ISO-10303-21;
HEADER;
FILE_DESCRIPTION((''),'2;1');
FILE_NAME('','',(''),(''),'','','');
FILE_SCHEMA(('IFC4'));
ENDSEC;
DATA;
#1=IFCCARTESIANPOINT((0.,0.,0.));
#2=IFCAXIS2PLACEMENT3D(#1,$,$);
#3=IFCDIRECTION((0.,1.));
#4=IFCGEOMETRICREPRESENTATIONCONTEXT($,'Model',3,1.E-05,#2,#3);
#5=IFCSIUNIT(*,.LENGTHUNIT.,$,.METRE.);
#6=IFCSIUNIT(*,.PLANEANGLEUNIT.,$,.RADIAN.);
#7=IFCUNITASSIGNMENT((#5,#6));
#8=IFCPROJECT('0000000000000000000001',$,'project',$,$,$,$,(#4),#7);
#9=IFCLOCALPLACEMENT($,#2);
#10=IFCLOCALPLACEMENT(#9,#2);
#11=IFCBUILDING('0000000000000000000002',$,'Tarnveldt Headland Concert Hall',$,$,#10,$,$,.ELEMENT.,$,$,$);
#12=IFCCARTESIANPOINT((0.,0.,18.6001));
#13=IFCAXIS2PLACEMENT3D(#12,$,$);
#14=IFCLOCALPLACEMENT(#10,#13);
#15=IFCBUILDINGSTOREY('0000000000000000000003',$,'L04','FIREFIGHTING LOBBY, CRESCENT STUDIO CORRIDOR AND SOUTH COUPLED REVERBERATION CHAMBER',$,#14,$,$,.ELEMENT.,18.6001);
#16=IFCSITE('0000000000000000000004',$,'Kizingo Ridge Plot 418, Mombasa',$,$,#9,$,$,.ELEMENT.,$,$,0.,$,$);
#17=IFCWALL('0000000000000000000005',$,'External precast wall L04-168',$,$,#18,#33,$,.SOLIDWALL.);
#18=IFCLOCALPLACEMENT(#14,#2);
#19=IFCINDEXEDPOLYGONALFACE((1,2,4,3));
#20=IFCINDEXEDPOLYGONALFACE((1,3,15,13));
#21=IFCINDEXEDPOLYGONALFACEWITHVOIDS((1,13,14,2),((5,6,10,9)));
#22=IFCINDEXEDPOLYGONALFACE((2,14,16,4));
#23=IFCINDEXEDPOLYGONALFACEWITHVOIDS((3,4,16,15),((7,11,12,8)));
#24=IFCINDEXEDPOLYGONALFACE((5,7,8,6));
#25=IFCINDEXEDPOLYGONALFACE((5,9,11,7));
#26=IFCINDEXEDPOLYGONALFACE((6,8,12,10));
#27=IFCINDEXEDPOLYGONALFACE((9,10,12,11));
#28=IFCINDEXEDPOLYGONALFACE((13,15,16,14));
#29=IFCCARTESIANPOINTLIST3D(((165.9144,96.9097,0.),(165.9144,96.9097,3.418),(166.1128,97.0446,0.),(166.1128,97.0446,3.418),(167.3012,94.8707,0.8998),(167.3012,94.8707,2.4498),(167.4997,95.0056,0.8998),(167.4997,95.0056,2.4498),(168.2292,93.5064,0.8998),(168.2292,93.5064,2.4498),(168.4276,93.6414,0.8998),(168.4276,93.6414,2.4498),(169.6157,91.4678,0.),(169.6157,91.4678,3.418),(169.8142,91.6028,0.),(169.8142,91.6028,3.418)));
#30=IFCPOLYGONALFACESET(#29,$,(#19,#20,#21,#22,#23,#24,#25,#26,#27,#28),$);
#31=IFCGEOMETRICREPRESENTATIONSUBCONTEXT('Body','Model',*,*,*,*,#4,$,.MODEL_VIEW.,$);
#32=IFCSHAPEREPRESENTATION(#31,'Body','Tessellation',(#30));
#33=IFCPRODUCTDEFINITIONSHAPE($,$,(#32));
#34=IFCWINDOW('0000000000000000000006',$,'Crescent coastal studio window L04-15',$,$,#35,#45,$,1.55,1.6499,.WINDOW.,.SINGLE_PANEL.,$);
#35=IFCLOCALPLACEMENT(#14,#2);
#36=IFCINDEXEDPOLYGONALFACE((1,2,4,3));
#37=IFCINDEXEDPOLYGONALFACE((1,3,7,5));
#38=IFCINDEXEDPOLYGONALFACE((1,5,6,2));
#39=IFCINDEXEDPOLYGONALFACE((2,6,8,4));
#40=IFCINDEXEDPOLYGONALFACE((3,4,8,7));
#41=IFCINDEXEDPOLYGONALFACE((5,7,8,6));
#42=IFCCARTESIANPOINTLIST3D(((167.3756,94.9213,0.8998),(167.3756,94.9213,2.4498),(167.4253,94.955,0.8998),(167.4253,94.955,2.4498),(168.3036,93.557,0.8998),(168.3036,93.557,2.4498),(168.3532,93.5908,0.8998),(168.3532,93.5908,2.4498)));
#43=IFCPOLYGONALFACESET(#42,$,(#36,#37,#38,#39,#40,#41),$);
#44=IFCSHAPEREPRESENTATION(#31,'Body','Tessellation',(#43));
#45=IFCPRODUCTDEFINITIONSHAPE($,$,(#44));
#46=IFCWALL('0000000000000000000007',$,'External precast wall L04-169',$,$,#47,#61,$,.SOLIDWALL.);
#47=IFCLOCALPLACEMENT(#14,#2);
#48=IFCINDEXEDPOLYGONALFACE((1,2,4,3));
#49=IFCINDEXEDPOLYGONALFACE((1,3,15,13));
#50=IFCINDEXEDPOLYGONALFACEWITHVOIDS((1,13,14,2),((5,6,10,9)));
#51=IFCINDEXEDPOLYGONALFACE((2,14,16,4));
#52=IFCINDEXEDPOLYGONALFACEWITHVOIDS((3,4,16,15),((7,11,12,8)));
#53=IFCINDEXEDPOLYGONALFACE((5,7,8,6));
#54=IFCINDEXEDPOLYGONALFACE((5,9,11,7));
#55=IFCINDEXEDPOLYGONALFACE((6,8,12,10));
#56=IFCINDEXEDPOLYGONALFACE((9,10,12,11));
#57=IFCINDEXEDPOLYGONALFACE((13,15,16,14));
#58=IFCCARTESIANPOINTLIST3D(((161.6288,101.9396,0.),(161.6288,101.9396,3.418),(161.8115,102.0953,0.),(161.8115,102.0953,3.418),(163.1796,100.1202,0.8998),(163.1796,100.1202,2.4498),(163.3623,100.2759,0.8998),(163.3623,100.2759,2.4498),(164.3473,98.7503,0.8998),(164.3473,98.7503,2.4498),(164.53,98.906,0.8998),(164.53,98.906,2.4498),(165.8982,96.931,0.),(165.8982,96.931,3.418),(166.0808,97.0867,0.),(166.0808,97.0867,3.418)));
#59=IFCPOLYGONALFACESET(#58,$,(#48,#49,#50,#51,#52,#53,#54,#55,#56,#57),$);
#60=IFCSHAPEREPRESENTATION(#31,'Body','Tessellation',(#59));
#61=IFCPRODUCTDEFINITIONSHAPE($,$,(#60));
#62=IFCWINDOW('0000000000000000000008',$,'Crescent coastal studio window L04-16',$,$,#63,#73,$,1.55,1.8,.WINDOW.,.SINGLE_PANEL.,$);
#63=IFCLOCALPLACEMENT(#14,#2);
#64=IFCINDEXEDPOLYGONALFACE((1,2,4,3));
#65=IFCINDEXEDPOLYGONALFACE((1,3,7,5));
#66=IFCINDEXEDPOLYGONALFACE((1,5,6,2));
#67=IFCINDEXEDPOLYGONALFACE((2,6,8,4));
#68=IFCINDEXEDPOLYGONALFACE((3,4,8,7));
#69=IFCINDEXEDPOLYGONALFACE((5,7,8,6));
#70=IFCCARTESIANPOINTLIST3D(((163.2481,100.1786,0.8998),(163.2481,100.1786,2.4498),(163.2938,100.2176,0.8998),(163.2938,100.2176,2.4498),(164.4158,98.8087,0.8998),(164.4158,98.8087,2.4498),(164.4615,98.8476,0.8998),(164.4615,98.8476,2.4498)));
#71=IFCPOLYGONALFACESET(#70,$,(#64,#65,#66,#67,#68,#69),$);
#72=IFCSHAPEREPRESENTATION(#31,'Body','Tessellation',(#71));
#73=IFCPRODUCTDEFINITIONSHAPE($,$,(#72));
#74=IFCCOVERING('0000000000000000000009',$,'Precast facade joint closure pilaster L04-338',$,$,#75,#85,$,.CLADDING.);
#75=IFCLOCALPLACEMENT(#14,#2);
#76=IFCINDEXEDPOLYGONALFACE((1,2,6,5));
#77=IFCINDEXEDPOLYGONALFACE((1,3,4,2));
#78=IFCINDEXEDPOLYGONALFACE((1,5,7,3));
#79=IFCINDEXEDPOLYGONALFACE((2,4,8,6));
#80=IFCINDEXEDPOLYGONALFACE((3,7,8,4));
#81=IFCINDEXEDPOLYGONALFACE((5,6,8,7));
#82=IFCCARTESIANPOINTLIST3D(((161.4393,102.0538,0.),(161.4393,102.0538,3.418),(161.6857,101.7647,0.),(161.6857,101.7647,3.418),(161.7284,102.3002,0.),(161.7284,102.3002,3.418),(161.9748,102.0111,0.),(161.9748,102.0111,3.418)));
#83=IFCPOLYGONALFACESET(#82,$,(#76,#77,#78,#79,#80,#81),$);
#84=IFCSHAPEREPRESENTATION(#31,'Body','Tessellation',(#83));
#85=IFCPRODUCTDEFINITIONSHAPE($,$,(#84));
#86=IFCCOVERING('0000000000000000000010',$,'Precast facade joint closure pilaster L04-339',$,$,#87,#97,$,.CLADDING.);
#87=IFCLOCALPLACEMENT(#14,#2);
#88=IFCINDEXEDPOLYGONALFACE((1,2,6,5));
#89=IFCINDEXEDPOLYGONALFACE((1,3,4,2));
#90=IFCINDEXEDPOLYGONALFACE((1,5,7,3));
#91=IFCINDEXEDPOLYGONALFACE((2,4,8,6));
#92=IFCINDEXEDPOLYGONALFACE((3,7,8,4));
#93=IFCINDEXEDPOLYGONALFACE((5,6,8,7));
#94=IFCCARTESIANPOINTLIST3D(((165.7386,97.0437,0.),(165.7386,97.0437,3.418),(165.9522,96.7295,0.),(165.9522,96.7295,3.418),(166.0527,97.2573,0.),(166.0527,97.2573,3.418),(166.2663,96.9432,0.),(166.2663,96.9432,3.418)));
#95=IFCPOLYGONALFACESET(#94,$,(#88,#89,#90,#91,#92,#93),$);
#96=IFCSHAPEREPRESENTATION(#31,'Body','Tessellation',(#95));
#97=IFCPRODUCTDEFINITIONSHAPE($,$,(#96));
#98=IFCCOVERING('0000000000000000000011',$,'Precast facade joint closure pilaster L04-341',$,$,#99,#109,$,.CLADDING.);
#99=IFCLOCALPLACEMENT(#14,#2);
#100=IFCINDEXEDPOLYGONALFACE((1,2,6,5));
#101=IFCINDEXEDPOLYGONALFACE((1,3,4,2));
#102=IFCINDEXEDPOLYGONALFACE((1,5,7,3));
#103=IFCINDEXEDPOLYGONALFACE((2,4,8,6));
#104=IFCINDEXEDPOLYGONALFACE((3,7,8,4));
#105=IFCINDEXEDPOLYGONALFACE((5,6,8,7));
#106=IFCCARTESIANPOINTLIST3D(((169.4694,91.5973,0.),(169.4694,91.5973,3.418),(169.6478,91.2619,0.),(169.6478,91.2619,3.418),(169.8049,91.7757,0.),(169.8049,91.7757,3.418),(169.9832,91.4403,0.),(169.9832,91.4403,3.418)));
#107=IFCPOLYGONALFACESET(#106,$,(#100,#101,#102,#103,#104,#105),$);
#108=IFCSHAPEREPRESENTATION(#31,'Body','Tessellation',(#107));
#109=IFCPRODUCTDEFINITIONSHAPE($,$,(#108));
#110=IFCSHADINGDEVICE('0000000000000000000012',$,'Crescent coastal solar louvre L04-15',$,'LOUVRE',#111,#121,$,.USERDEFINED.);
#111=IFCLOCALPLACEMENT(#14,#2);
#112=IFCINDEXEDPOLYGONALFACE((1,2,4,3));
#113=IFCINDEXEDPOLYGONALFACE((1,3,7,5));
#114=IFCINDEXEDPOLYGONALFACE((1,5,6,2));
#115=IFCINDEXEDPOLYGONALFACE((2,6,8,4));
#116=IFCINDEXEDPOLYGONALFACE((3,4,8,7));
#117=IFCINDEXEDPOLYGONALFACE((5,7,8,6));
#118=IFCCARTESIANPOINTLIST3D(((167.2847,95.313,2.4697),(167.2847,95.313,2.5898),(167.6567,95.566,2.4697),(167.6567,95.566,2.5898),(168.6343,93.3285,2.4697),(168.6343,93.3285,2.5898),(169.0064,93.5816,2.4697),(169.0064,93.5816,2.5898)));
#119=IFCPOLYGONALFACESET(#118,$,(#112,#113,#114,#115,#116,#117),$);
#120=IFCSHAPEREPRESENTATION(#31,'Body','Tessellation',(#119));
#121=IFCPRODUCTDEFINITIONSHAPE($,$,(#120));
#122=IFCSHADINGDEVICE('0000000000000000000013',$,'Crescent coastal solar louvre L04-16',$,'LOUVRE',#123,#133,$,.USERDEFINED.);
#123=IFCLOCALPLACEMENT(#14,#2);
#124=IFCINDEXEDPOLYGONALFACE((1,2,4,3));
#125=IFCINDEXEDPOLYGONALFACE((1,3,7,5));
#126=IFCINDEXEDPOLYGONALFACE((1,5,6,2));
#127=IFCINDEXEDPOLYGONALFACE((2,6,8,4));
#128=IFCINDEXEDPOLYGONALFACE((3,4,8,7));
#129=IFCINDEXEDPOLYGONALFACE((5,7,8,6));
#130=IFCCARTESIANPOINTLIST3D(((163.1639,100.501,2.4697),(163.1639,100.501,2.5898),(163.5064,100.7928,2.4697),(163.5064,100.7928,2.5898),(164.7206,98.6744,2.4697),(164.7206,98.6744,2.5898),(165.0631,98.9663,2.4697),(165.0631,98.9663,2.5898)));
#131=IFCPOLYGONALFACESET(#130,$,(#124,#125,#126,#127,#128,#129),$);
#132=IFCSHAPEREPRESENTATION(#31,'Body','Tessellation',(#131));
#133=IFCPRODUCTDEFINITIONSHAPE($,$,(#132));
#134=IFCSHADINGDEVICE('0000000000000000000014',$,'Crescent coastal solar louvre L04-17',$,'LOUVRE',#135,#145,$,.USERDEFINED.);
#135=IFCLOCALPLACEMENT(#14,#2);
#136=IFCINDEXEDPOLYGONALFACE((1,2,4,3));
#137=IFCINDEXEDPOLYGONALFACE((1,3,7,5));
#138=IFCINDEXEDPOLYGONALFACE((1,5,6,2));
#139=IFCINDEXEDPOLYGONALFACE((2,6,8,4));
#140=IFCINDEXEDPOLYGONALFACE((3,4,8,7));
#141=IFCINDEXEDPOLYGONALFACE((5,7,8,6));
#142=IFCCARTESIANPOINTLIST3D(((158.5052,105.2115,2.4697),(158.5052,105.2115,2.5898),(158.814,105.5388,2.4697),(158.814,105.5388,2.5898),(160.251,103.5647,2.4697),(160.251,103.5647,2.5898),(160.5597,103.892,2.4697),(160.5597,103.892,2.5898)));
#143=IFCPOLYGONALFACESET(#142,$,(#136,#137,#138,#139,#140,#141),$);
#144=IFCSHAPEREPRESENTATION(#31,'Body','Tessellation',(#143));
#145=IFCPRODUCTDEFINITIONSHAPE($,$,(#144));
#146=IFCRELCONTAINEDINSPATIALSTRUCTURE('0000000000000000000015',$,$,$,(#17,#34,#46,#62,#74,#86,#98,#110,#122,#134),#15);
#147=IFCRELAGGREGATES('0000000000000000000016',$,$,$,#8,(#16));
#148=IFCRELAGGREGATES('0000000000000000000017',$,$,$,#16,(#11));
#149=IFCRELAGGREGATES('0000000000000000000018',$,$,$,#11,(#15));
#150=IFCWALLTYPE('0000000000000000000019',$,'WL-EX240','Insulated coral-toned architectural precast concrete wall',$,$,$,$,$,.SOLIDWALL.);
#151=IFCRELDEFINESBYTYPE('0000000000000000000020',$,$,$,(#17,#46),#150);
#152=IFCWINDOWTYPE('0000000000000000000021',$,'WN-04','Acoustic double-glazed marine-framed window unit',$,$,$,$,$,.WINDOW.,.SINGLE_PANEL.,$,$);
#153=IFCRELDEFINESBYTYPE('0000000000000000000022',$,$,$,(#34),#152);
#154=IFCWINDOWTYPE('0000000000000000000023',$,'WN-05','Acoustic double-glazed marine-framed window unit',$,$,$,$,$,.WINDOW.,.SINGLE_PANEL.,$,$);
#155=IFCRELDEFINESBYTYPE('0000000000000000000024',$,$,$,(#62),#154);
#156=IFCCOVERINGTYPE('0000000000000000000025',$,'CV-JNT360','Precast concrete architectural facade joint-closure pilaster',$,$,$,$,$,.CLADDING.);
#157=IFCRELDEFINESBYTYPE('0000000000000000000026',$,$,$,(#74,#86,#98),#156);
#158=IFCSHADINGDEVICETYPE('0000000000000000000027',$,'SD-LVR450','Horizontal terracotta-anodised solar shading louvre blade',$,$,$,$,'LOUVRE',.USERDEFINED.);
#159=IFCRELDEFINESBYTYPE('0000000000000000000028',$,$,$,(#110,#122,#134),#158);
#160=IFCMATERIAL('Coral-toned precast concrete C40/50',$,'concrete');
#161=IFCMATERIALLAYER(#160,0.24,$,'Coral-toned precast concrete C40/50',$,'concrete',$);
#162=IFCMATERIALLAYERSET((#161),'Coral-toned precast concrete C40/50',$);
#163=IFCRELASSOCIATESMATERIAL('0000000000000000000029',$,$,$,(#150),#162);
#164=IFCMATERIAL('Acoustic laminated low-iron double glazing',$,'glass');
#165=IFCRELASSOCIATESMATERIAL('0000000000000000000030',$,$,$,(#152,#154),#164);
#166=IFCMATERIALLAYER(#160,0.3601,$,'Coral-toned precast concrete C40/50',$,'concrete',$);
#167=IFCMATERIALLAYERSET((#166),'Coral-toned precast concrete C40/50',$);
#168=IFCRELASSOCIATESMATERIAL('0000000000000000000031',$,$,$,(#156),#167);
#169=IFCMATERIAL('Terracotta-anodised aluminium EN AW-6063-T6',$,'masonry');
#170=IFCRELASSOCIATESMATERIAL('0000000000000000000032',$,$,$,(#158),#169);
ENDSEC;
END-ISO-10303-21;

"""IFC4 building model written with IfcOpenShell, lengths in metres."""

from ifc_helpers import new_model, si_unit, direction, frame, frame_2d, origin, origin_2d, place, context, subcontext, project, spatial, rectangle, extrude, material, layer, layer_set, type_object, element, fill, save


model = new_model("IFC4")

# Units and contexts
model_context = context("Model", 3, precision=1e-05, world=origin(), true_north=direction((0.0, 1.0)))
body_context = subcontext(model_context, "Body", "Model", "MODEL_VIEW")
ifc_project = project(units=[si_unit("LENGTHUNIT", "METRE"), si_unit("PLANEANGLEUNIT", "RADIAN")], contexts=[model_context])

# Site, building, storey
site_placement = place(None, origin())
site = spatial("IfcSite", under=ifc_project, at=site_placement, Name="Kizingo Ridge Plot 418, Mombasa", CompositionType="ELEMENT", RefElevation=0.0)
building_placement = place(site_placement, origin())
building = spatial("IfcBuilding", under=site, at=building_placement, Name="Tarnveldt Headland Concert Hall", CompositionType="ELEMENT")
storey_placement = place(building_placement, frame((0.0, 0.0, 18.6001)))
storey = spatial("IfcBuildingStorey", under=building, at=storey_placement, Name="L04", Description="FIREFIGHTING LOBBY, CRESCENT STUDIO CORRIDOR AND SOUTH COUPLED REVERBERATION CHAMBER", CompositionType="ELEMENT", Elevation=18.6001)

# Walls, openings, windows
ifc_material_1 = material(Name="Coral-toned precast concrete C40/50", Category="concrete")
ifc_layer_1 = layer(ifc_material_1, 0.24, Name="Coral-toned precast concrete C40/50", Category="concrete")
ifc_layer_set_1 = layer_set([ifc_layer_1], Name="Coral-toned precast concrete C40/50")
wall_type_1 = type_object("IfcWallType", Name="WL-EX240", Description="Insulated coral-toned architectural precast concrete wall", PredefinedType="SOLIDWALL", material=ifc_layer_set_1)
ifc_material_2 = material(Name="Acoustic laminated low-iron double glazing", Category="glass")
wall_1_placement = place(storey_placement, frame((166.0137, 96.9771, 0.0), z_axis=(0.0, 0.0, 1.0), x_axis=(0.562406, -0.826861, 0.0)))
wall_1 = element("IfcWall", 1, at=wall_1_placement, inside=storey, type_object=wall_type_1, Name="External precast wall L04-168", PredefinedType="SOLIDWALL", context=body_context, shape_type="SweptSolid", body=[
    extrude(rectangle(XDim=6.5813, YDim=0.24, at=frame_2d((3.2905, 0.0))), origin(), (0.0, 0.0, 1.0), 3.418),
])
opening_1_placement = place(wall_1_placement, frame((2.4658, 0.0, 0.8999)))
opening_1 = element("IfcOpeningElement", 2, at=opening_1_placement, cuts=wall_1, PredefinedType="OPENING", context=body_context, shape_type="SweptSolid", body=[
    extrude(rectangle(XDim=1.6499, YDim=1.55, at=frame_2d((0.825, 0.7749))), frame((0.0, 0.1299, 0.0), z_axis=(0.0, -1.0, 0.0), x_axis=(1.0, 0.0, 0.0)), (0.0, 0.0, 1.0), 0.26),
])
window_type_1 = type_object("IfcWindowType", Name="WN-04", Description="Acoustic double-glazed marine-framed window unit", PartitioningType="SINGLE_PANEL", PredefinedType="WINDOW", material=ifc_material_2)
window_1_placement = place(opening_1_placement, origin())
window_1 = element("IfcWindow", 3, at=window_1_placement, inside=storey, type_object=window_type_1, Name="Crescent coastal studio window L04-15", OverallHeight=1.55, OverallWidth=1.6499, PartitioningType="SINGLE_PANEL", PredefinedType="WINDOW", context=body_context, shape_type="SweptSolid", body=[
    extrude(rectangle(XDim=1.6499, YDim=1.55, at=frame_2d((0.825, 0.7749))), frame((0.0, 0.03, 0.0), z_axis=(0.0, -1.0, 0.0), x_axis=(1.0, 0.0, 0.0)), (0.0, 0.0, 1.0), 0.0601),
])
fill(opening_1, window_1)
wall_2_placement = place(storey_placement, frame((161.7202, 102.0173, 0.0), z_axis=(0.0, 0.0, 1.0), x_axis=(0.648708, -0.761037, 0.0)))
wall_2 = element("IfcWall", 4, at=wall_2_placement, inside=storey, type_object=wall_type_1, Name="External precast wall L04-169", PredefinedType="SOLIDWALL", context=body_context, shape_type="SweptSolid", body=[
    extrude(rectangle(XDim=6.5813, YDim=0.24, at=frame_2d((3.2905, 0.0))), origin(), (0.0, 0.0, 1.0), 3.418),
])
opening_2_placement = place(wall_2_placement, frame((2.3906, 0.0, 0.8999)))
opening_2 = element("IfcOpeningElement", 5, at=opening_2_placement, cuts=wall_2, PredefinedType="OPENING", context=body_context, shape_type="SweptSolid", body=[
    extrude(rectangle(XDim=1.8, YDim=1.55, at=frame_2d((0.8999, 0.7749))), frame((0.0, 0.1299, 0.0), z_axis=(0.0, -1.0, 0.0), x_axis=(1.0, 0.0, 0.0)), (0.0, 0.0, 1.0), 0.26),
])
window_type_2 = type_object("IfcWindowType", Name="WN-05", Description="Acoustic double-glazed marine-framed window unit", PartitioningType="SINGLE_PANEL", PredefinedType="WINDOW", material=ifc_material_2)
window_2_placement = place(opening_2_placement, origin())
window_2 = element("IfcWindow", 6, at=window_2_placement, inside=storey, type_object=window_type_2, Name="Crescent coastal studio window L04-16", OverallHeight=1.55, OverallWidth=1.8, PartitioningType="SINGLE_PANEL", PredefinedType="WINDOW", context=body_context, shape_type="SweptSolid", body=[
    extrude(rectangle(XDim=1.8, YDim=1.55, at=frame_2d((0.8999, 0.7749))), frame((0.0, 0.03, 0.0), z_axis=(0.0, -1.0, 0.0), x_axis=(1.0, 0.0, 0.0)), (0.0, 0.0, 1.0), 0.0601),
])
fill(opening_2, window_2)

# Coverings
ifc_layer_2 = layer(ifc_material_1, 0.3601, Name="Coral-toned precast concrete C40/50", Category="concrete")
ifc_layer_set_2 = layer_set([ifc_layer_2], Name="Coral-toned precast concrete C40/50")
covering_type = type_object("IfcCoveringType", Name="CV-JNT360", Description="Precast concrete architectural facade joint-closure pilaster", PredefinedType="CLADDING", material=ifc_layer_set_2)
for number, where, z_axis, x_axis, name in (
    (7, (161.707, 102.0325, 0.0), (0.0, 0.0, 1.0), (0.648651, -0.761086, 0.0), "Precast facade joint closure pilaster L04-338"),
    (8, (166.0024, 96.9934, 0.0), (0.0, 0.0, 1.0), (0.562372, -0.826884, 0.0), "Precast facade joint closure pilaster L04-339"),
    (9, (169.7263, 91.5188, 0.0), (0.0, 0.0, 1.0), (0.469472, -0.882948, 0.0), "Precast facade joint closure pilaster L04-341"),
):
    element("IfcCovering", number, at=place(storey_placement, frame(where, z_axis=z_axis, x_axis=x_axis)), inside=storey, type_object=covering_type, Name=name, PredefinedType="CLADDING", context=body_context, shape_type="SweptSolid", body=[
        extrude(rectangle(XDim=0.3799, YDim=0.3799, at=origin_2d()), origin(), (0.0, 0.0, 1.0), 3.418),
    ])

# Shading devices
ifc_material_3 = material(Name="Terracotta-anodised aluminium EN AW-6063-T6", Category="masonry")
shading_device_type = type_object("IfcShadingDeviceType", Name="SD-LVR450", Description="Horizontal terracotta-anodised solar shading louvre blade", ElementType="LOUVRE", PredefinedType="USERDEFINED", material=ifc_material_3)
for number, where, z_axis, x_axis, name in (
    (10, (168.1455, 94.4473, 2.4697), (0.0, 0.0, 1.0), (0.826884, 0.562372, 0.0), "Crescent coastal solar louvre L04-15"),
    (11, (164.1135, 99.7336, 2.4697), (0.0, 0.0, 1.0), (0.761086, 0.648651, 0.0), "Crescent coastal solar louvre L04-16"),
    (12, (159.5325, 104.5518, 2.4697), (0.0, 0.0, 1.0), (0.686199, 0.727414, 0.0), "Crescent coastal solar louvre L04-17"),
):
    element("IfcShadingDevice", number, at=place(storey_placement, frame(where, z_axis=z_axis, x_axis=x_axis)), inside=storey, type_object=shading_device_type, Name=name, ObjectType="LOUVRE", PredefinedType="USERDEFINED", context=body_context, shape_type="SweptSolid", body=[
        extrude(rectangle(XDim=0.45, YDim=2.3999, at=origin_2d()), origin(), (0.0, 0.0, 1.0), 0.1201),
    ])

save(model, "model.ifc")
